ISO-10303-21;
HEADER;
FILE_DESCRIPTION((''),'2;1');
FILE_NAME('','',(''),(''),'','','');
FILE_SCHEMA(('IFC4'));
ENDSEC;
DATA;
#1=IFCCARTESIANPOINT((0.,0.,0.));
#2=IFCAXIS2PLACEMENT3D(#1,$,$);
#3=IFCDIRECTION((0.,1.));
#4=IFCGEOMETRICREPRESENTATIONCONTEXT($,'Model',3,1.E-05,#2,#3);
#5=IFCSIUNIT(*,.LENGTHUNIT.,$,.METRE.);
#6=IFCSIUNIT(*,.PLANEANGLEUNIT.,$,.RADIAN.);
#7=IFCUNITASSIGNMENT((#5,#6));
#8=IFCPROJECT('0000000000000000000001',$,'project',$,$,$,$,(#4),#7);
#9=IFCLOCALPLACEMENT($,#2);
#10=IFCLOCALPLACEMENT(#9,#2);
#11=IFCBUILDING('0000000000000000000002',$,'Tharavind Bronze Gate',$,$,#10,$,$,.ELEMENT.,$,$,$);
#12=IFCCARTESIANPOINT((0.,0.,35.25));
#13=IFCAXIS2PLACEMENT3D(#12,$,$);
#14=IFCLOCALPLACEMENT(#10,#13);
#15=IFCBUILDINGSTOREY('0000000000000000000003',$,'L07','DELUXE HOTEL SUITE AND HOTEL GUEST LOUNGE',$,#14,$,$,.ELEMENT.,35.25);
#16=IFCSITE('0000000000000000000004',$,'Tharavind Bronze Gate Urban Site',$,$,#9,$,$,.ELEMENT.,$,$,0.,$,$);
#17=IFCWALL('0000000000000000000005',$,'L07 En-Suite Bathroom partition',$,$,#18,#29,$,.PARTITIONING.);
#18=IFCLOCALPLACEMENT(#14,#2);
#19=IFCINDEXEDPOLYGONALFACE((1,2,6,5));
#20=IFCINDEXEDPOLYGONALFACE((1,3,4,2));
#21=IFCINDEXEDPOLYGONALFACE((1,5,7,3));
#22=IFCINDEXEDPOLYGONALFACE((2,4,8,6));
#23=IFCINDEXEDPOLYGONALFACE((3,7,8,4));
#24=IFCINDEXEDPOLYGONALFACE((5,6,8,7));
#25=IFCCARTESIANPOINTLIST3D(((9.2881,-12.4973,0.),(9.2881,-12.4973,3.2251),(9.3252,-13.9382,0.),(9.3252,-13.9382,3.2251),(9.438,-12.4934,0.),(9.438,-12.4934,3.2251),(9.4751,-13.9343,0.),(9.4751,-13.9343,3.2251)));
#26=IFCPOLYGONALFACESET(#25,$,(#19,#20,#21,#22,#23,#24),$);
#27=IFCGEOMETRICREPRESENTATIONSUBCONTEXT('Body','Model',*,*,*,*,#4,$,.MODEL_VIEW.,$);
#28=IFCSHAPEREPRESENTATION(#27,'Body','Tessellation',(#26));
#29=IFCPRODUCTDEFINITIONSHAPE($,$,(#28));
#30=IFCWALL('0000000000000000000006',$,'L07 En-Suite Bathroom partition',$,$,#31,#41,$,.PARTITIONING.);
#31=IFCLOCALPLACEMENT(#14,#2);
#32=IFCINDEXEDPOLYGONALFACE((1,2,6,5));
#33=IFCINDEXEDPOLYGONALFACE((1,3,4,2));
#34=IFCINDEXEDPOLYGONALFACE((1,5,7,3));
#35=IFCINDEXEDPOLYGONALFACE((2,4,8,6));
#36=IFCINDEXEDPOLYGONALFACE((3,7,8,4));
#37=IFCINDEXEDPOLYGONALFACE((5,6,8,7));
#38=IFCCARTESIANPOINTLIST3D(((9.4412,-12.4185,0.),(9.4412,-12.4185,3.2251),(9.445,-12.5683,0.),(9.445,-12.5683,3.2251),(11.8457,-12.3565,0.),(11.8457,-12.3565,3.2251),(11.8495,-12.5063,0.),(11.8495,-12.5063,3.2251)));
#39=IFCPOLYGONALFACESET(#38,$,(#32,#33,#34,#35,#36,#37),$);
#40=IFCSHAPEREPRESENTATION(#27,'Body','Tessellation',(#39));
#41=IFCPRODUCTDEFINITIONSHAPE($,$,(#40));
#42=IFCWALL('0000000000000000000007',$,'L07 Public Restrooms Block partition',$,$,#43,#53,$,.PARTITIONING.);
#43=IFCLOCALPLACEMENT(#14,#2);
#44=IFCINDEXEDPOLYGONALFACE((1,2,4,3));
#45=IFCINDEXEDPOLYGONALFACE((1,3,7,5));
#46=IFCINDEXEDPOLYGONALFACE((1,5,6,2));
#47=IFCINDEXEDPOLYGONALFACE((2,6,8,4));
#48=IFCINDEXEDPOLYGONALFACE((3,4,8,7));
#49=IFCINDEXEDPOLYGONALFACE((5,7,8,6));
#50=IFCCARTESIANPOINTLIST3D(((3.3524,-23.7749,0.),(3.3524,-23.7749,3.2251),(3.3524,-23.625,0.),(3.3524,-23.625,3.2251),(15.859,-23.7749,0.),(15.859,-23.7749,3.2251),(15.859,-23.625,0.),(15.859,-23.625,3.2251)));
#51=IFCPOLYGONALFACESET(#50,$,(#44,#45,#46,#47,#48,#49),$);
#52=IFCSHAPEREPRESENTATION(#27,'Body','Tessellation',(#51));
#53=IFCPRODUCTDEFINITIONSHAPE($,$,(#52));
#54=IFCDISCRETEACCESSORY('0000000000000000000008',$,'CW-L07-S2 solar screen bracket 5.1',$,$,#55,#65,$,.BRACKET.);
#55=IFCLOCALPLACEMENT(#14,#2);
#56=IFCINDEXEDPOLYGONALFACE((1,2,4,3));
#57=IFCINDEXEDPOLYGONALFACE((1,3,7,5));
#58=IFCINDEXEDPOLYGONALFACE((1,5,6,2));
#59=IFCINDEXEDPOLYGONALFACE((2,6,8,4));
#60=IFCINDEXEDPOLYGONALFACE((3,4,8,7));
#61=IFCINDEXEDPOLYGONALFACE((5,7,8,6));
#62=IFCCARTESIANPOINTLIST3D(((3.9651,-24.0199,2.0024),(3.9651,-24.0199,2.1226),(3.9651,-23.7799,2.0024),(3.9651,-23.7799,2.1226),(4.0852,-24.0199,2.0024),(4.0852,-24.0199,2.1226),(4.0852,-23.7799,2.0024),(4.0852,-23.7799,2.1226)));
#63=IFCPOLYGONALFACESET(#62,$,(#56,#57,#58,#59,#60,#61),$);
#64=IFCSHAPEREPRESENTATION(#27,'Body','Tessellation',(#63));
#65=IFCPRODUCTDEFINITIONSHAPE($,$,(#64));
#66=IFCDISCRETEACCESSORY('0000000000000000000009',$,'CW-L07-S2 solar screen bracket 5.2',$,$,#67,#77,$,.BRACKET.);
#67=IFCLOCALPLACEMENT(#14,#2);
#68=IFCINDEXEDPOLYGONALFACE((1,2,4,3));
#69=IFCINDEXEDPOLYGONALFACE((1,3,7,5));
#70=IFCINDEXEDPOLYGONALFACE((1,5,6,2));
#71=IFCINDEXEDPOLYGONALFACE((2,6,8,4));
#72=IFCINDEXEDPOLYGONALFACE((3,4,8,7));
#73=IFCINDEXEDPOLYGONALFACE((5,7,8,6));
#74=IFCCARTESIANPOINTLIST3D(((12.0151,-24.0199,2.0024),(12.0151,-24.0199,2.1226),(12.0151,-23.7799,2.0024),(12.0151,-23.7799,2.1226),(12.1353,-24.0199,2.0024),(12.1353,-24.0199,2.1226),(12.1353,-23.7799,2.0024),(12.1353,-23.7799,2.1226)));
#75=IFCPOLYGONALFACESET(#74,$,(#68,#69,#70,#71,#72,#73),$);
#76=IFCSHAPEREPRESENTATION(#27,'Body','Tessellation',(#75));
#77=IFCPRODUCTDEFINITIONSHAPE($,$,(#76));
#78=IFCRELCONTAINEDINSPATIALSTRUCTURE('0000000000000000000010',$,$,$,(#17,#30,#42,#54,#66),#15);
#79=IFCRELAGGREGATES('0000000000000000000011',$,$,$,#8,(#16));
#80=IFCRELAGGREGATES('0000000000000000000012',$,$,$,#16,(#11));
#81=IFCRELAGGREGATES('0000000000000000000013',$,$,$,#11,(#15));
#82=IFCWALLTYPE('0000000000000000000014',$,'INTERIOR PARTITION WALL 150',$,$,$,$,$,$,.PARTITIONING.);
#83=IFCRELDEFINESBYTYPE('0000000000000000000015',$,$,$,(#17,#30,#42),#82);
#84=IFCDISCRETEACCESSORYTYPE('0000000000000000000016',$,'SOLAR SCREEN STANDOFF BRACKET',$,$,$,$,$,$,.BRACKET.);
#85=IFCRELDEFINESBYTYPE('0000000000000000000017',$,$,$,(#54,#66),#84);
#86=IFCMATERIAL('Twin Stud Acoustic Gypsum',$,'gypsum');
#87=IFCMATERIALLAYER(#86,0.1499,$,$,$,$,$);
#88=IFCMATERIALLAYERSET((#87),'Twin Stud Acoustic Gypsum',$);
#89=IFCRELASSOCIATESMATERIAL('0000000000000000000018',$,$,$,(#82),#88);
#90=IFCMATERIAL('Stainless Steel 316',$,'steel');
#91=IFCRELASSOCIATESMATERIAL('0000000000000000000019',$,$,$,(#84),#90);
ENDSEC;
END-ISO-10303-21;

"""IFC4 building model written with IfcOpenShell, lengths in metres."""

from ifc_helpers import new_model, si_unit, direction, frame, frame_2d, origin, origin_2d, place, context, subcontext, project, spatial, rectangle, extrude, material, layer, layer_set, type_object, element, save


model = new_model("IFC4")

# Units and contexts
model_context = context("Model", 3, precision=1e-05, world=origin(), true_north=direction((0.0, 1.0)))
body_context = subcontext(model_context, "Body", "Model", "MODEL_VIEW")
ifc_project = project(units=[si_unit("LENGTHUNIT", "METRE"), si_unit("PLANEANGLEUNIT", "RADIAN")], contexts=[model_context])

# Site, building, storey
site_placement = place(None, origin())
site = spatial("IfcSite", under=ifc_project, at=site_placement, Name="Tharavind Bronze Gate Urban Site", CompositionType="ELEMENT", RefElevation=0.0)
building_placement = place(site_placement, origin())
building = spatial("IfcBuilding", under=site, at=building_placement, Name="Tharavind Bronze Gate", CompositionType="ELEMENT")
storey_placement = place(building_placement, frame((0.0, 0.0, 35.25)))
storey = spatial("IfcBuildingStorey", under=building, at=storey_placement, Name="L07", Description="DELUXE HOTEL SUITE AND HOTEL GUEST LOUNGE", CompositionType="ELEMENT", Elevation=35.25)

# Shared definitions
ifc_material_1 = material(Name="Twin Stud Acoustic Gypsum", Category="gypsum")
ifc_layer_1 = layer(ifc_material_1, 0.1499)
ifc_layer_set_1 = layer_set([ifc_layer_1], Name="Twin Stud Acoustic Gypsum")
wall_type_1 = type_object("IfcWallType", Name="INTERIOR PARTITION WALL 150", PredefinedType="PARTITIONING", material=ifc_layer_set_1)

# Walls
wall_1_placement = place(storey_placement, frame((9.4001, -13.9363, 0.0), z_axis=(0.0, 0.0, 1.0), x_axis=(-0.025745, 0.999669, 0.0)))
element("IfcWall", 1, at=wall_1_placement, inside=storey, type_object=wall_type_1, Name="L07 En-Suite Bathroom partition", PredefinedType="PARTITIONING", context=body_context, shape_type="SweptSolid", body=[
    extrude(rectangle(XDim=1.4414, YDim=0.1499, at=frame_2d((0.7207, 0.0))), origin(), (0.0, 0.0, 1.0), 3.2251),
])
wall_2_placement = place(storey_placement, frame((9.4431, -12.4934, 0.0), z_axis=(0.0, 0.0, 1.0), x_axis=(0.999668, 0.025781, 0.0)))
element("IfcWall", 2, at=wall_2_placement, inside=storey, type_object=wall_type_1, Name="L07 En-Suite Bathroom partition", PredefinedType="PARTITIONING", context=body_context, shape_type="SweptSolid", body=[
    extrude(rectangle(XDim=2.4053, YDim=0.1499, at=frame_2d((1.2026, 0.0))), origin(), (0.0, 0.0, 1.0), 3.2251),
])
wall_3_placement = place(storey_placement, frame((15.8591, -23.7, 0.0), z_axis=(0.0, 0.0, 1.0), x_axis=(-1.0, 0.0, 0.0)))
element("IfcWall", 3, at=wall_3_placement, inside=storey, type_object=wall_type_1, Name="L07 Public Restrooms Block partition", PredefinedType="PARTITIONING", context=body_context, shape_type="SweptSolid", body=[
    extrude(rectangle(XDim=12.5066, YDim=0.1499, at=frame_2d((6.2534, 0.0))), origin(), (0.0, 0.0, 1.0), 3.2251),
])

# Discrete accessories
ifc_material_2 = material(Name="Stainless Steel 316", Category="steel")
discrete_accessory_type = type_object("IfcDiscreteAccessoryType", Name="SOLAR SCREEN STANDOFF BRACKET", PredefinedType="BRACKET", material=ifc_material_2)
for number, where, z_axis, x_axis, name in (
    (4, (4.0251, -23.8999, 2.0024), (0.0, 0.0, 1.0), (1.0, 0.0, 0.0), "CW-L07-S2 solar screen bracket 5.1"),
    (5, (12.0752, -23.8999, 2.0024), (0.0, 0.0, 1.0), (1.0, 0.0, 0.0), "CW-L07-S2 solar screen bracket 5.2"),
):
    element("IfcDiscreteAccessory", number, at=place(storey_placement, frame(where, z_axis=z_axis, x_axis=x_axis)), inside=storey, type_object=discrete_accessory_type, Name=name, PredefinedType="BRACKET", context=body_context, shape_type="SweptSolid", body=[
        extrude(rectangle(XDim=0.1201, YDim=0.24, at=origin_2d()), origin(), (0.0, 0.0, 1.0), 0.1201),
    ])

save(model, "model.ifc")
